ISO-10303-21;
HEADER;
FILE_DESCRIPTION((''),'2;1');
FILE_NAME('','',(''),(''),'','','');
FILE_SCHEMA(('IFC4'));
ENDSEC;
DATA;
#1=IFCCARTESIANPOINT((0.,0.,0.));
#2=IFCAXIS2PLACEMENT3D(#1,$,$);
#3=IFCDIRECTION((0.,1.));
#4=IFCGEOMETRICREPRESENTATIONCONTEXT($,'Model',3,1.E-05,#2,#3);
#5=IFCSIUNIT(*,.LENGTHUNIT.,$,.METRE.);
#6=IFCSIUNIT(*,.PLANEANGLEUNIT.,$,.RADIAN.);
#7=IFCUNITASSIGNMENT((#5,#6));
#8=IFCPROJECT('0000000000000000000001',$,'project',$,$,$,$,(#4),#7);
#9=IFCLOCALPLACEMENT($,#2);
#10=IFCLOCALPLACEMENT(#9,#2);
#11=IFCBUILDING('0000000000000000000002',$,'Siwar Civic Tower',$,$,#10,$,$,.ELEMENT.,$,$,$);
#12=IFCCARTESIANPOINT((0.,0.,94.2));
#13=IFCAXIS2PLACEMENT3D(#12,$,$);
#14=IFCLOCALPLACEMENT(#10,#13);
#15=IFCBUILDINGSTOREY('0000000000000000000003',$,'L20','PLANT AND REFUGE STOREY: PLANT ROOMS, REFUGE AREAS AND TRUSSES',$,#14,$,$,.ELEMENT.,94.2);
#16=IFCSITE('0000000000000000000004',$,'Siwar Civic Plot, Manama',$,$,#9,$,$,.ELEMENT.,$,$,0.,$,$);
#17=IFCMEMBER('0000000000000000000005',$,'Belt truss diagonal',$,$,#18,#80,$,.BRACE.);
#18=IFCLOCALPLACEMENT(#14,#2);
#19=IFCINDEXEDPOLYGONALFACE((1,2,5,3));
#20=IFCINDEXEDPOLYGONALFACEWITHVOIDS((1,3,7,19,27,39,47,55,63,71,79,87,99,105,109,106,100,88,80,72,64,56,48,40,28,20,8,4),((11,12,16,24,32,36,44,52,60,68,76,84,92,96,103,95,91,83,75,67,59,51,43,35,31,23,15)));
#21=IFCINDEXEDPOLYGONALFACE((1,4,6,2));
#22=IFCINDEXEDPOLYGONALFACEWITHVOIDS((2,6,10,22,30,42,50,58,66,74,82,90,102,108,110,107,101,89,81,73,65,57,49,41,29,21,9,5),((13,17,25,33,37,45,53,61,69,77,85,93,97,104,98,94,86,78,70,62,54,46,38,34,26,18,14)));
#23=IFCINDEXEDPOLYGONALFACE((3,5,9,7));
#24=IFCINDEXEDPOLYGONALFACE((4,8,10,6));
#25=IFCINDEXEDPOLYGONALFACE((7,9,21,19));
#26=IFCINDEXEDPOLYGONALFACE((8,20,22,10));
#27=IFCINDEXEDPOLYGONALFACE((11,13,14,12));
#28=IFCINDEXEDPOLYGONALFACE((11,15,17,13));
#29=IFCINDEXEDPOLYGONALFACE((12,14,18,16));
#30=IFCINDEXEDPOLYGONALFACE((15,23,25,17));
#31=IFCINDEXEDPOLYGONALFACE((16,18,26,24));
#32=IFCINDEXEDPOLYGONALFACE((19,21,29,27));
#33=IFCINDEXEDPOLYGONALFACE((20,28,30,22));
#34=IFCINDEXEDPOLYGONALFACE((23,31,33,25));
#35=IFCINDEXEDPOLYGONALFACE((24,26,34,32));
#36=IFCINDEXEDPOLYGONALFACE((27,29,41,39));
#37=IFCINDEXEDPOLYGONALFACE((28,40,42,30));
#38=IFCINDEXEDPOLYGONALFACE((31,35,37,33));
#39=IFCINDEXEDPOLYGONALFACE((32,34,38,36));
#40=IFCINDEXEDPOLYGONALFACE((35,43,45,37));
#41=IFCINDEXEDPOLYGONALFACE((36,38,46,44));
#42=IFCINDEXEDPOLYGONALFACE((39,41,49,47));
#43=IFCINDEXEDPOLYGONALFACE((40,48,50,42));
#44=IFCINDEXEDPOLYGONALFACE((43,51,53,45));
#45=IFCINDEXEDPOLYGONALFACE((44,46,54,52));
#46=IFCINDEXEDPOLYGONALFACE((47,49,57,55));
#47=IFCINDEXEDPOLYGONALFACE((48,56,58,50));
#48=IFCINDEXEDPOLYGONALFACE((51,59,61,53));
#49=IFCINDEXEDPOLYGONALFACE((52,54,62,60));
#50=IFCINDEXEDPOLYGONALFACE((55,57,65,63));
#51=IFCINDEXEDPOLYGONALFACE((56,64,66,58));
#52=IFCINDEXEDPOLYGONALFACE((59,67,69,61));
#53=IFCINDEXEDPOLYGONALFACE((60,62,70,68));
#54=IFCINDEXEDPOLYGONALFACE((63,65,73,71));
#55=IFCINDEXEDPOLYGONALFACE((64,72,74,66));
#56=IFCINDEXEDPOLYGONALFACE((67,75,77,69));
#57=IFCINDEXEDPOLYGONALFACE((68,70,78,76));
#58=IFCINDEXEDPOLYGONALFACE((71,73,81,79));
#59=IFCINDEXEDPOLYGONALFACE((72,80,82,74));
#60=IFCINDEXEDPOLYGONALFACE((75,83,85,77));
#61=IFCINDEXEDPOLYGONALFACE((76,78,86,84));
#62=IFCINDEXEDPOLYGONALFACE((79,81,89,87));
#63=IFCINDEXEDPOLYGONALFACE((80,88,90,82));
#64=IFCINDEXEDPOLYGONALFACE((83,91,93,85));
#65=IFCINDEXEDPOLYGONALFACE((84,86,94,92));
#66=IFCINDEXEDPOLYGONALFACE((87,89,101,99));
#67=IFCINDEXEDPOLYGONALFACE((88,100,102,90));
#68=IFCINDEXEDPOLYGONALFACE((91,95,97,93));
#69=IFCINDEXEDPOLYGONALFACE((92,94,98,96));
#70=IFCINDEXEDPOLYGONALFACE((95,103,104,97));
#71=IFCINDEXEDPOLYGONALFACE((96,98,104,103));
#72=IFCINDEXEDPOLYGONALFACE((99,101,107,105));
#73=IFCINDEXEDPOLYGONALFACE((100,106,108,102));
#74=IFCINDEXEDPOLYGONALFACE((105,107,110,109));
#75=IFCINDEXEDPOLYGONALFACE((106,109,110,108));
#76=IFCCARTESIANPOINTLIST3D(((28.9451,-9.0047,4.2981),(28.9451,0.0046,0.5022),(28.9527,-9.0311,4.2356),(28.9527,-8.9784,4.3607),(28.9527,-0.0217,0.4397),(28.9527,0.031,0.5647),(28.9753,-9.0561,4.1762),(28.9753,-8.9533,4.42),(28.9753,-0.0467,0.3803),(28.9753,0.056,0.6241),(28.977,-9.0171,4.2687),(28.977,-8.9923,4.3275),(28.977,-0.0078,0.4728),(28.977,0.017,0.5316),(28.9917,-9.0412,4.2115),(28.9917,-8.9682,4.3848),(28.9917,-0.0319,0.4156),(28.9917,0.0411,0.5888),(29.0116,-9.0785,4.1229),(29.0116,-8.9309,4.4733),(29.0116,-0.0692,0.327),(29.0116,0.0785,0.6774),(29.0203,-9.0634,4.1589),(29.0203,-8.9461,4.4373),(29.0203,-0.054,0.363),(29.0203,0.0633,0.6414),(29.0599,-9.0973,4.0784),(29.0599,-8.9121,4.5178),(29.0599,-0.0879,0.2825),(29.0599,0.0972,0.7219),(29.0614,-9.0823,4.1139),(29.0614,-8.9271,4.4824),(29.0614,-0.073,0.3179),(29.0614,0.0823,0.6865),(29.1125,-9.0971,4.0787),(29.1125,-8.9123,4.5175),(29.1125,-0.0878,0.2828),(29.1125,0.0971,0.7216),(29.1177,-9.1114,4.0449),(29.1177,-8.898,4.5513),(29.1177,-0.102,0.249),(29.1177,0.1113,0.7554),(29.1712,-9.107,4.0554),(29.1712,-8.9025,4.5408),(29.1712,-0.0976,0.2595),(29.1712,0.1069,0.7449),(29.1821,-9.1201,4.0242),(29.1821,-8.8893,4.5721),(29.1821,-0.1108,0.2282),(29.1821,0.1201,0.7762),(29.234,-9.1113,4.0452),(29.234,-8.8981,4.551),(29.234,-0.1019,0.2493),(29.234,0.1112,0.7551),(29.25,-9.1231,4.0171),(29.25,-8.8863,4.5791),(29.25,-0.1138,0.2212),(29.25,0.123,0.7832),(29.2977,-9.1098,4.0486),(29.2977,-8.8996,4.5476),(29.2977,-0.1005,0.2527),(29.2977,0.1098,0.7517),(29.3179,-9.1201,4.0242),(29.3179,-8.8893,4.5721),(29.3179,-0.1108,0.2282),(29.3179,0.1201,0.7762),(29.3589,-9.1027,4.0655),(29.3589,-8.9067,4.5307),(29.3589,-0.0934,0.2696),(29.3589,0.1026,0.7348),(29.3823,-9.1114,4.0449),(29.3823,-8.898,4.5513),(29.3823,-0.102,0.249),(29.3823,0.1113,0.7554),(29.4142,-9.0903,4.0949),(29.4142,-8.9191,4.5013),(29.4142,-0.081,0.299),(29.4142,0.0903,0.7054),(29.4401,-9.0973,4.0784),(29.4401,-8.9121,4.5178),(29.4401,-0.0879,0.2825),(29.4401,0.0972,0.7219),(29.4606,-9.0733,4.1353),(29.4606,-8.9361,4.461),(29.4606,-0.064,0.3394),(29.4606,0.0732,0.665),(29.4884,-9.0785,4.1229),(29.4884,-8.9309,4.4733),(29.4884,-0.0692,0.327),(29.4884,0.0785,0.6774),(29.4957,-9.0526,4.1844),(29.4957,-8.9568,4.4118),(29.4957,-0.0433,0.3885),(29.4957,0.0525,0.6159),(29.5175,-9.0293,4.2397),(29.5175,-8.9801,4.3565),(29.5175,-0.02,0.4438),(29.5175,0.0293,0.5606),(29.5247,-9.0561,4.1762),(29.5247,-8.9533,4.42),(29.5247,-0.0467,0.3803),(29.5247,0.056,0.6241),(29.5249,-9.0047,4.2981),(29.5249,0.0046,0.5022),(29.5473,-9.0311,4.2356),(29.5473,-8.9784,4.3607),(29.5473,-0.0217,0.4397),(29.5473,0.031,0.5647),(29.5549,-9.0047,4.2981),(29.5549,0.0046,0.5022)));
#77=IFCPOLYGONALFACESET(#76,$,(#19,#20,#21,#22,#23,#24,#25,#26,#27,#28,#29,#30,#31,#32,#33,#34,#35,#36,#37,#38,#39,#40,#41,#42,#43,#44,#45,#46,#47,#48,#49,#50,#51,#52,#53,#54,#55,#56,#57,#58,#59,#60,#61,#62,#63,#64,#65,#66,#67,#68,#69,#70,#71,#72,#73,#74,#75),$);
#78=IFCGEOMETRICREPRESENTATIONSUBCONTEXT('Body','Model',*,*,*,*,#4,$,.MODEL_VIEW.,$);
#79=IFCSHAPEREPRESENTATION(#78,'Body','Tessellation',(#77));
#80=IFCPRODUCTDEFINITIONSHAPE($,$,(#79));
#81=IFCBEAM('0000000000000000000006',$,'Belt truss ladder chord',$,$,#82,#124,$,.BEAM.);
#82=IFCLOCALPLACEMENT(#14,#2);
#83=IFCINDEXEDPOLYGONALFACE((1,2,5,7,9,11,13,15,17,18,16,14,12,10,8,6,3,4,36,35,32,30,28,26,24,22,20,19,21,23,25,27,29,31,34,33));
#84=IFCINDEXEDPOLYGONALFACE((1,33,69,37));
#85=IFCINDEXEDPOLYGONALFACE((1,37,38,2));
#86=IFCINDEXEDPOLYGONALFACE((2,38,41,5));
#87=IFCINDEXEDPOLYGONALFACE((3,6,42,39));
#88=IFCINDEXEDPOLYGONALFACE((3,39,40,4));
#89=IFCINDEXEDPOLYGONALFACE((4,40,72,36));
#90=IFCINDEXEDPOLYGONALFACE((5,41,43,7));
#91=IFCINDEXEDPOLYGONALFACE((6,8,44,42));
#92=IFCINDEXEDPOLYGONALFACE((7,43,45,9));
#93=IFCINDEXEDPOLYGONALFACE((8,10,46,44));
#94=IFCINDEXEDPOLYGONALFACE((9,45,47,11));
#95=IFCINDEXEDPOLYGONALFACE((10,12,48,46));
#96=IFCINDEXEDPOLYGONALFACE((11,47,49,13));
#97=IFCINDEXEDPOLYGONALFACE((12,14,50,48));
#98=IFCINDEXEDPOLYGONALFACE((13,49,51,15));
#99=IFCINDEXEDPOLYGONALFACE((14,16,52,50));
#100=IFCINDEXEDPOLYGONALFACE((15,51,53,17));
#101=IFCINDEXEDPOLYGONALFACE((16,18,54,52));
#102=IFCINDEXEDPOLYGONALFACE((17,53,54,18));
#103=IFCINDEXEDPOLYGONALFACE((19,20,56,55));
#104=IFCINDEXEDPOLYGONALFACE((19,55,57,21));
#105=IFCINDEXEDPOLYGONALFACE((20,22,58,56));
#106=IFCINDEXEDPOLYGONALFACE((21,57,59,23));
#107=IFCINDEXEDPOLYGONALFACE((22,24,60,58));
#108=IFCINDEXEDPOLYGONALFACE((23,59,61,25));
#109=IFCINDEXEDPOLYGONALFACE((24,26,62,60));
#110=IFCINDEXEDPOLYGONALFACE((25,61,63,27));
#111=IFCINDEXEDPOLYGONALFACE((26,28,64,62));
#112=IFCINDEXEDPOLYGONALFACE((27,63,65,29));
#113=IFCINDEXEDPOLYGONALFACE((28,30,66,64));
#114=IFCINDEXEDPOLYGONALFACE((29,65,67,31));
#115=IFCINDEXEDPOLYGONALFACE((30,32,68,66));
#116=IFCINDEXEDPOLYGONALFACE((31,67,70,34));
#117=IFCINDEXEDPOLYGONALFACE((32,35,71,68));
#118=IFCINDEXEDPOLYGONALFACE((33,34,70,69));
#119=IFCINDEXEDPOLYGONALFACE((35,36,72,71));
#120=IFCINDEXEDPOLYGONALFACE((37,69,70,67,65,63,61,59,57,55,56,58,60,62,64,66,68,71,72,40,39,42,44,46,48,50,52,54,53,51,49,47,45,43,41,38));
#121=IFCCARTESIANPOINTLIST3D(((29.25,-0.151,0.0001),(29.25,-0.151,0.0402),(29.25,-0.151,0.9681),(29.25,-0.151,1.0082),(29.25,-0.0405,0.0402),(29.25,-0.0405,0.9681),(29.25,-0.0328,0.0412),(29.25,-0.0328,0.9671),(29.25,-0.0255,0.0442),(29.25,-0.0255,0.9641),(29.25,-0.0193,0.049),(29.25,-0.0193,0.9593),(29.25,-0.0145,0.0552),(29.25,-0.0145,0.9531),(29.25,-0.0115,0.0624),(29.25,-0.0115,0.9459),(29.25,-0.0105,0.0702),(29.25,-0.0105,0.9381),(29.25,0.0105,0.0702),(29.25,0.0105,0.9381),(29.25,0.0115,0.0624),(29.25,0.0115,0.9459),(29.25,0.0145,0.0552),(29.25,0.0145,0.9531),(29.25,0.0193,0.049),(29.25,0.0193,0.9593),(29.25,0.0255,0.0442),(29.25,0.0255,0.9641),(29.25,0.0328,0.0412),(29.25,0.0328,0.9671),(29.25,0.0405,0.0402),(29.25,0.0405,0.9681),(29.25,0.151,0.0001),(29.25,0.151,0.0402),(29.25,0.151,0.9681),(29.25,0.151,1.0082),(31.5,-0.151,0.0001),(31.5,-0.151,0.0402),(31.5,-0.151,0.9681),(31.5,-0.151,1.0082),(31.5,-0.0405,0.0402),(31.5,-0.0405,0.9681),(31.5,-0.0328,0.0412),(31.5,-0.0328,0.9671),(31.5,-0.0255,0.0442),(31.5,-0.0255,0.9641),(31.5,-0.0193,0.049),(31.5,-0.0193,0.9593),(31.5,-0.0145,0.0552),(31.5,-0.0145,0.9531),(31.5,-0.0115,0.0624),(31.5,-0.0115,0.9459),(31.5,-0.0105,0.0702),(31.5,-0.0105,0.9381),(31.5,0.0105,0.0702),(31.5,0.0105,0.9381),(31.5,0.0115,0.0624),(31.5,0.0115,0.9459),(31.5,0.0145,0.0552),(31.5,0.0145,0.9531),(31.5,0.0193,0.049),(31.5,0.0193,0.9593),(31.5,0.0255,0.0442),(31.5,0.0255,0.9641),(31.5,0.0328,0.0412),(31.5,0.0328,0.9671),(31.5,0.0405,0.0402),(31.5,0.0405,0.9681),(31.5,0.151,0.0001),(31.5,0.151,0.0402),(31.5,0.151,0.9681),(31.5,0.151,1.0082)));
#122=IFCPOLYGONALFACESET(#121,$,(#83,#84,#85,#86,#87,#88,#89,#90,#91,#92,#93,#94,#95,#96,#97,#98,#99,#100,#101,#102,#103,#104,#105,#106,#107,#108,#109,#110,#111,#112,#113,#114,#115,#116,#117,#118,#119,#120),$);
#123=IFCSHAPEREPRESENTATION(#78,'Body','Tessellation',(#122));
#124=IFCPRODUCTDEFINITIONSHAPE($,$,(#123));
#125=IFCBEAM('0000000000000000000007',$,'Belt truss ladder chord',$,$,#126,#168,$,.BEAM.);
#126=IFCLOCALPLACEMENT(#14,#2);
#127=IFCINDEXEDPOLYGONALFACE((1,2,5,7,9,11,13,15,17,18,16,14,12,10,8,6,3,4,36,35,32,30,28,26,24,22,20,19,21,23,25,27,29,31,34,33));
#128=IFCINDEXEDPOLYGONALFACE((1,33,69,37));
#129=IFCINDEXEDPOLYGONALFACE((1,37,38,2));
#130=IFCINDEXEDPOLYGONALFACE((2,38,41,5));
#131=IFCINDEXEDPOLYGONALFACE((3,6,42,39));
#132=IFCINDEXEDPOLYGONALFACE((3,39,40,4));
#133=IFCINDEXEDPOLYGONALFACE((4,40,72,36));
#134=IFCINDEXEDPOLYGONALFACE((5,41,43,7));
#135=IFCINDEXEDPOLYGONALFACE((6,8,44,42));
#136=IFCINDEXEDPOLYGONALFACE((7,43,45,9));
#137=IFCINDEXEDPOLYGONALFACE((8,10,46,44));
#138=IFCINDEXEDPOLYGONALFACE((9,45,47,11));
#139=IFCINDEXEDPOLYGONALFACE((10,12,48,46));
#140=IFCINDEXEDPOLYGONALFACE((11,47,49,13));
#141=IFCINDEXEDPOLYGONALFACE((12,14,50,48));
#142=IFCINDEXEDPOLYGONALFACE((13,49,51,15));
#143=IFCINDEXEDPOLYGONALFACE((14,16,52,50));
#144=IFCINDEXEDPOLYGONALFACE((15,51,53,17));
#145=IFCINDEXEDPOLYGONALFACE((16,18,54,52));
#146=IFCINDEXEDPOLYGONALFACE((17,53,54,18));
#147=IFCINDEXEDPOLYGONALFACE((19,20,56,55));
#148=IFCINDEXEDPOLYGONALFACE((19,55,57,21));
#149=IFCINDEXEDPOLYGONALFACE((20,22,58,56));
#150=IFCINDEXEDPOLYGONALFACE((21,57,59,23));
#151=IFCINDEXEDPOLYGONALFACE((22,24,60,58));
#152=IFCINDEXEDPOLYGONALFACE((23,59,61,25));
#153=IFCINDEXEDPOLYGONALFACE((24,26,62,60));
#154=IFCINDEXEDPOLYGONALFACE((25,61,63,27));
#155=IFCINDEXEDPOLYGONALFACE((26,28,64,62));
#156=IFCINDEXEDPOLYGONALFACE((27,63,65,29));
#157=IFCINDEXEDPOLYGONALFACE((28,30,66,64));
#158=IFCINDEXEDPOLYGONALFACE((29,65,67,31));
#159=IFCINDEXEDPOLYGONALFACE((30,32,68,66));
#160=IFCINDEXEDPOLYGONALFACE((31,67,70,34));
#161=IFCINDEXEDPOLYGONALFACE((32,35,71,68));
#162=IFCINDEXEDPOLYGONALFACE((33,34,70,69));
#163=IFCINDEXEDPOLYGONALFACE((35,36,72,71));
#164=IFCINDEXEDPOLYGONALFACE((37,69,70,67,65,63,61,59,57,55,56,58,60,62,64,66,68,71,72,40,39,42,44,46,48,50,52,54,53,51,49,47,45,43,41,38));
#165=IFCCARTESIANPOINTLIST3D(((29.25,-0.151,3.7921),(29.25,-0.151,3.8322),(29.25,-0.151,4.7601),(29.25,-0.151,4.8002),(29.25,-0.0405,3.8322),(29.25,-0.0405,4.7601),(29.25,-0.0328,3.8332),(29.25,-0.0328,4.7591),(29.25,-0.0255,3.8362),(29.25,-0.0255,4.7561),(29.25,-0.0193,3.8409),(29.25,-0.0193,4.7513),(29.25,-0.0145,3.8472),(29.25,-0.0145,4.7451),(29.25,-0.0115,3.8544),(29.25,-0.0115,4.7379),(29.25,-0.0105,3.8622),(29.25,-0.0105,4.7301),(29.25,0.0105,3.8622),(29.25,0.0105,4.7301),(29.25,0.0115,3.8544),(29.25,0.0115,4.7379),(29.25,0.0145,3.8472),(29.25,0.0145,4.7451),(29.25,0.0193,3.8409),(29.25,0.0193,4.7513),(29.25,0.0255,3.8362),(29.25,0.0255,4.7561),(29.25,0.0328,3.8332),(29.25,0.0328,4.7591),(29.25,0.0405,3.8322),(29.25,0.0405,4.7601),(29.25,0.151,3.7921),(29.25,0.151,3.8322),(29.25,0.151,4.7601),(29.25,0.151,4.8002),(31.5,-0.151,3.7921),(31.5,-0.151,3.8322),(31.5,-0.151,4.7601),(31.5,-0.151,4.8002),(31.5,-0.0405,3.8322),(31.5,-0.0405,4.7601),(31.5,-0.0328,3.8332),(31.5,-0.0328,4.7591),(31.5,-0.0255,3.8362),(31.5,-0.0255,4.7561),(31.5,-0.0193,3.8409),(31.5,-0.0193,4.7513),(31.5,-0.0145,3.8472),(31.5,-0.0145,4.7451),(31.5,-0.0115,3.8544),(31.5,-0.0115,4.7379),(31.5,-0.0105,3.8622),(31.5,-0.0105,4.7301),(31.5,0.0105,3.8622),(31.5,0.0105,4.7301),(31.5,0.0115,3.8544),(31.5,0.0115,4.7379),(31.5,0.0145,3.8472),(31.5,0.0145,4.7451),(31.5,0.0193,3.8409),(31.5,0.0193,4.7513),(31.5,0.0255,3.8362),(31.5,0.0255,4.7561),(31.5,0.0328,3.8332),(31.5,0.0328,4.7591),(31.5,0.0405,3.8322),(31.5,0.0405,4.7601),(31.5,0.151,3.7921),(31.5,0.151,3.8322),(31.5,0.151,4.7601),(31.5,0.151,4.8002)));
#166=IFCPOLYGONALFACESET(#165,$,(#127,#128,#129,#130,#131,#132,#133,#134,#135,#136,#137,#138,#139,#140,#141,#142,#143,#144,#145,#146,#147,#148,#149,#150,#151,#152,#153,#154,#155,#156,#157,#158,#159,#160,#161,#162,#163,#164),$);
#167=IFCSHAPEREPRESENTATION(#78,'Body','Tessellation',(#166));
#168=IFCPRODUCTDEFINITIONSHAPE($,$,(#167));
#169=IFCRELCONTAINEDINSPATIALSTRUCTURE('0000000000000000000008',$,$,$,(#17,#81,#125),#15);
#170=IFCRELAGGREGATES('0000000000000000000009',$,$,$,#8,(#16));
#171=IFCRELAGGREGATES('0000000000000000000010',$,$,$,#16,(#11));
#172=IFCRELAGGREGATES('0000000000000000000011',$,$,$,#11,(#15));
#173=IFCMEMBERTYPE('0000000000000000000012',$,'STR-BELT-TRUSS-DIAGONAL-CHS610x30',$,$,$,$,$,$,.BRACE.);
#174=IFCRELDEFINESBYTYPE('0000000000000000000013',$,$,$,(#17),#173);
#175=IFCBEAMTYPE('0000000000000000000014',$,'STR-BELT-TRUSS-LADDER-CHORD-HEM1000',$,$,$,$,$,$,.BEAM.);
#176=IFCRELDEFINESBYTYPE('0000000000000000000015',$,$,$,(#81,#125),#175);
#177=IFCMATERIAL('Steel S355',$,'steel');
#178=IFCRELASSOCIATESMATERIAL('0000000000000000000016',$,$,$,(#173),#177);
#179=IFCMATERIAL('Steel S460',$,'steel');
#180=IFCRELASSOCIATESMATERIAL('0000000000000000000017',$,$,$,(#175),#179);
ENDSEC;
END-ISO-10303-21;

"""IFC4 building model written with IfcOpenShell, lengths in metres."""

from ifc_helpers import new_model, si_unit, direction, frame, origin, origin_2d, place, context, subcontext, project, spatial, hollow_circle, i_section, extrude, material, material_profile, profile_set, type_object, element, save


model = new_model("IFC4")

# Units and contexts
model_context = context("Model", 3, precision=1e-05, world=origin(), true_north=direction((0.0, 1.0)))
body_context = subcontext(model_context, "Body", "Model", "MODEL_VIEW")
ifc_project = project(units=[si_unit("LENGTHUNIT", "METRE"), si_unit("PLANEANGLEUNIT", "RADIAN")], contexts=[model_context])

# Site, building, storey
site_placement = place(None, origin())
site = spatial("IfcSite", under=ifc_project, at=site_placement, Name="Siwar Civic Plot, Manama", CompositionType="ELEMENT", RefElevation=0.0)
building_placement = place(site_placement, origin())
building = spatial("IfcBuilding", under=site, at=building_placement, Name="Siwar Civic Tower", CompositionType="ELEMENT")
storey_placement = place(building_placement, frame((0.0, 0.0, 94.2)))
storey = spatial("IfcBuildingStorey", under=building, at=storey_placement, Name="L20", Description="PLANT AND REFUGE STOREY: PLANT ROOMS, REFUGE AREAS AND TRUSSES", CompositionType="ELEMENT", Elevation=94.2)

# Member
ifc_material_1 = material(Name="Steel S355", Category="steel")
ifc_material_profile_1 = material_profile(ifc_material_1, hollow_circle(Radius=0.3049, WallThickness=0.03, at=origin_2d()), Name="CHS610x30")
ifc_profile_set_1 = profile_set([ifc_material_profile_1], Name="Steel S355")
member_type_1 = type_object("IfcMemberType", Name="STR-BELT-TRUSS-DIAGONAL-CHS610x30", PredefinedType="BRACE", material=ifc_profile_set_1)
member_1_placement = place(storey_placement, frame((29.25, 0.0046, 0.5022), z_axis=(0.0, -0.921543, 0.388276), x_axis=(1.0, 0.0, 0.0)))
element("IfcMember", 1, at=member_1_placement, inside=storey, type_object=member_type_1, Name="Belt truss diagonal", PredefinedType="BRACE", context=body_context, shape_type="SweptSolid", body=[
    extrude(hollow_circle(Radius=0.3049, WallThickness=0.03, at=origin_2d()), origin(), (0.0, 0.0, 1.0), 9.7764),
])

# Beams
ifc_material_2 = material(Name="Steel S460", Category="steel")
ifc_material_profile_2 = material_profile(ifc_material_2, i_section(OverallWidth=0.302, OverallDepth=1.0081, WebThickness=0.021, FlangeThickness=0.04, FilletRadius=0.03, at=origin_2d()), Name="HEM1000")
ifc_profile_set_2 = profile_set([ifc_material_profile_2], Name="Steel S460")
beam_type_1 = type_object("IfcBeamType", Name="STR-BELT-TRUSS-LADDER-CHORD-HEM1000", PredefinedType="BEAM", material=ifc_profile_set_2)
for number, where, z_axis, x_axis, name in (
    (2, (29.25, 0.0, 0.5042), (1.0, 0.0, 0.0), (0.0, 1.0, 0.0), "Belt truss ladder chord"),
    (3, (29.25, 0.0, 4.2961), (1.0, 0.0, 0.0), (0.0, 1.0, 0.0), "Belt truss ladder chord"),
):
    element("IfcBeam", number, at=place(storey_placement, frame(where, z_axis=z_axis, x_axis=x_axis)), inside=storey, type_object=beam_type_1, Name=name, PredefinedType="BEAM", context=body_context, shape_type="SweptSolid", body=[
        extrude(i_section(OverallWidth=0.302, OverallDepth=1.0081, WebThickness=0.021, FlangeThickness=0.04, FilletRadius=0.03, at=origin_2d()), origin(), (0.0, 0.0, 1.0), 2.25),
    ])

save(model, "model.ifc")
